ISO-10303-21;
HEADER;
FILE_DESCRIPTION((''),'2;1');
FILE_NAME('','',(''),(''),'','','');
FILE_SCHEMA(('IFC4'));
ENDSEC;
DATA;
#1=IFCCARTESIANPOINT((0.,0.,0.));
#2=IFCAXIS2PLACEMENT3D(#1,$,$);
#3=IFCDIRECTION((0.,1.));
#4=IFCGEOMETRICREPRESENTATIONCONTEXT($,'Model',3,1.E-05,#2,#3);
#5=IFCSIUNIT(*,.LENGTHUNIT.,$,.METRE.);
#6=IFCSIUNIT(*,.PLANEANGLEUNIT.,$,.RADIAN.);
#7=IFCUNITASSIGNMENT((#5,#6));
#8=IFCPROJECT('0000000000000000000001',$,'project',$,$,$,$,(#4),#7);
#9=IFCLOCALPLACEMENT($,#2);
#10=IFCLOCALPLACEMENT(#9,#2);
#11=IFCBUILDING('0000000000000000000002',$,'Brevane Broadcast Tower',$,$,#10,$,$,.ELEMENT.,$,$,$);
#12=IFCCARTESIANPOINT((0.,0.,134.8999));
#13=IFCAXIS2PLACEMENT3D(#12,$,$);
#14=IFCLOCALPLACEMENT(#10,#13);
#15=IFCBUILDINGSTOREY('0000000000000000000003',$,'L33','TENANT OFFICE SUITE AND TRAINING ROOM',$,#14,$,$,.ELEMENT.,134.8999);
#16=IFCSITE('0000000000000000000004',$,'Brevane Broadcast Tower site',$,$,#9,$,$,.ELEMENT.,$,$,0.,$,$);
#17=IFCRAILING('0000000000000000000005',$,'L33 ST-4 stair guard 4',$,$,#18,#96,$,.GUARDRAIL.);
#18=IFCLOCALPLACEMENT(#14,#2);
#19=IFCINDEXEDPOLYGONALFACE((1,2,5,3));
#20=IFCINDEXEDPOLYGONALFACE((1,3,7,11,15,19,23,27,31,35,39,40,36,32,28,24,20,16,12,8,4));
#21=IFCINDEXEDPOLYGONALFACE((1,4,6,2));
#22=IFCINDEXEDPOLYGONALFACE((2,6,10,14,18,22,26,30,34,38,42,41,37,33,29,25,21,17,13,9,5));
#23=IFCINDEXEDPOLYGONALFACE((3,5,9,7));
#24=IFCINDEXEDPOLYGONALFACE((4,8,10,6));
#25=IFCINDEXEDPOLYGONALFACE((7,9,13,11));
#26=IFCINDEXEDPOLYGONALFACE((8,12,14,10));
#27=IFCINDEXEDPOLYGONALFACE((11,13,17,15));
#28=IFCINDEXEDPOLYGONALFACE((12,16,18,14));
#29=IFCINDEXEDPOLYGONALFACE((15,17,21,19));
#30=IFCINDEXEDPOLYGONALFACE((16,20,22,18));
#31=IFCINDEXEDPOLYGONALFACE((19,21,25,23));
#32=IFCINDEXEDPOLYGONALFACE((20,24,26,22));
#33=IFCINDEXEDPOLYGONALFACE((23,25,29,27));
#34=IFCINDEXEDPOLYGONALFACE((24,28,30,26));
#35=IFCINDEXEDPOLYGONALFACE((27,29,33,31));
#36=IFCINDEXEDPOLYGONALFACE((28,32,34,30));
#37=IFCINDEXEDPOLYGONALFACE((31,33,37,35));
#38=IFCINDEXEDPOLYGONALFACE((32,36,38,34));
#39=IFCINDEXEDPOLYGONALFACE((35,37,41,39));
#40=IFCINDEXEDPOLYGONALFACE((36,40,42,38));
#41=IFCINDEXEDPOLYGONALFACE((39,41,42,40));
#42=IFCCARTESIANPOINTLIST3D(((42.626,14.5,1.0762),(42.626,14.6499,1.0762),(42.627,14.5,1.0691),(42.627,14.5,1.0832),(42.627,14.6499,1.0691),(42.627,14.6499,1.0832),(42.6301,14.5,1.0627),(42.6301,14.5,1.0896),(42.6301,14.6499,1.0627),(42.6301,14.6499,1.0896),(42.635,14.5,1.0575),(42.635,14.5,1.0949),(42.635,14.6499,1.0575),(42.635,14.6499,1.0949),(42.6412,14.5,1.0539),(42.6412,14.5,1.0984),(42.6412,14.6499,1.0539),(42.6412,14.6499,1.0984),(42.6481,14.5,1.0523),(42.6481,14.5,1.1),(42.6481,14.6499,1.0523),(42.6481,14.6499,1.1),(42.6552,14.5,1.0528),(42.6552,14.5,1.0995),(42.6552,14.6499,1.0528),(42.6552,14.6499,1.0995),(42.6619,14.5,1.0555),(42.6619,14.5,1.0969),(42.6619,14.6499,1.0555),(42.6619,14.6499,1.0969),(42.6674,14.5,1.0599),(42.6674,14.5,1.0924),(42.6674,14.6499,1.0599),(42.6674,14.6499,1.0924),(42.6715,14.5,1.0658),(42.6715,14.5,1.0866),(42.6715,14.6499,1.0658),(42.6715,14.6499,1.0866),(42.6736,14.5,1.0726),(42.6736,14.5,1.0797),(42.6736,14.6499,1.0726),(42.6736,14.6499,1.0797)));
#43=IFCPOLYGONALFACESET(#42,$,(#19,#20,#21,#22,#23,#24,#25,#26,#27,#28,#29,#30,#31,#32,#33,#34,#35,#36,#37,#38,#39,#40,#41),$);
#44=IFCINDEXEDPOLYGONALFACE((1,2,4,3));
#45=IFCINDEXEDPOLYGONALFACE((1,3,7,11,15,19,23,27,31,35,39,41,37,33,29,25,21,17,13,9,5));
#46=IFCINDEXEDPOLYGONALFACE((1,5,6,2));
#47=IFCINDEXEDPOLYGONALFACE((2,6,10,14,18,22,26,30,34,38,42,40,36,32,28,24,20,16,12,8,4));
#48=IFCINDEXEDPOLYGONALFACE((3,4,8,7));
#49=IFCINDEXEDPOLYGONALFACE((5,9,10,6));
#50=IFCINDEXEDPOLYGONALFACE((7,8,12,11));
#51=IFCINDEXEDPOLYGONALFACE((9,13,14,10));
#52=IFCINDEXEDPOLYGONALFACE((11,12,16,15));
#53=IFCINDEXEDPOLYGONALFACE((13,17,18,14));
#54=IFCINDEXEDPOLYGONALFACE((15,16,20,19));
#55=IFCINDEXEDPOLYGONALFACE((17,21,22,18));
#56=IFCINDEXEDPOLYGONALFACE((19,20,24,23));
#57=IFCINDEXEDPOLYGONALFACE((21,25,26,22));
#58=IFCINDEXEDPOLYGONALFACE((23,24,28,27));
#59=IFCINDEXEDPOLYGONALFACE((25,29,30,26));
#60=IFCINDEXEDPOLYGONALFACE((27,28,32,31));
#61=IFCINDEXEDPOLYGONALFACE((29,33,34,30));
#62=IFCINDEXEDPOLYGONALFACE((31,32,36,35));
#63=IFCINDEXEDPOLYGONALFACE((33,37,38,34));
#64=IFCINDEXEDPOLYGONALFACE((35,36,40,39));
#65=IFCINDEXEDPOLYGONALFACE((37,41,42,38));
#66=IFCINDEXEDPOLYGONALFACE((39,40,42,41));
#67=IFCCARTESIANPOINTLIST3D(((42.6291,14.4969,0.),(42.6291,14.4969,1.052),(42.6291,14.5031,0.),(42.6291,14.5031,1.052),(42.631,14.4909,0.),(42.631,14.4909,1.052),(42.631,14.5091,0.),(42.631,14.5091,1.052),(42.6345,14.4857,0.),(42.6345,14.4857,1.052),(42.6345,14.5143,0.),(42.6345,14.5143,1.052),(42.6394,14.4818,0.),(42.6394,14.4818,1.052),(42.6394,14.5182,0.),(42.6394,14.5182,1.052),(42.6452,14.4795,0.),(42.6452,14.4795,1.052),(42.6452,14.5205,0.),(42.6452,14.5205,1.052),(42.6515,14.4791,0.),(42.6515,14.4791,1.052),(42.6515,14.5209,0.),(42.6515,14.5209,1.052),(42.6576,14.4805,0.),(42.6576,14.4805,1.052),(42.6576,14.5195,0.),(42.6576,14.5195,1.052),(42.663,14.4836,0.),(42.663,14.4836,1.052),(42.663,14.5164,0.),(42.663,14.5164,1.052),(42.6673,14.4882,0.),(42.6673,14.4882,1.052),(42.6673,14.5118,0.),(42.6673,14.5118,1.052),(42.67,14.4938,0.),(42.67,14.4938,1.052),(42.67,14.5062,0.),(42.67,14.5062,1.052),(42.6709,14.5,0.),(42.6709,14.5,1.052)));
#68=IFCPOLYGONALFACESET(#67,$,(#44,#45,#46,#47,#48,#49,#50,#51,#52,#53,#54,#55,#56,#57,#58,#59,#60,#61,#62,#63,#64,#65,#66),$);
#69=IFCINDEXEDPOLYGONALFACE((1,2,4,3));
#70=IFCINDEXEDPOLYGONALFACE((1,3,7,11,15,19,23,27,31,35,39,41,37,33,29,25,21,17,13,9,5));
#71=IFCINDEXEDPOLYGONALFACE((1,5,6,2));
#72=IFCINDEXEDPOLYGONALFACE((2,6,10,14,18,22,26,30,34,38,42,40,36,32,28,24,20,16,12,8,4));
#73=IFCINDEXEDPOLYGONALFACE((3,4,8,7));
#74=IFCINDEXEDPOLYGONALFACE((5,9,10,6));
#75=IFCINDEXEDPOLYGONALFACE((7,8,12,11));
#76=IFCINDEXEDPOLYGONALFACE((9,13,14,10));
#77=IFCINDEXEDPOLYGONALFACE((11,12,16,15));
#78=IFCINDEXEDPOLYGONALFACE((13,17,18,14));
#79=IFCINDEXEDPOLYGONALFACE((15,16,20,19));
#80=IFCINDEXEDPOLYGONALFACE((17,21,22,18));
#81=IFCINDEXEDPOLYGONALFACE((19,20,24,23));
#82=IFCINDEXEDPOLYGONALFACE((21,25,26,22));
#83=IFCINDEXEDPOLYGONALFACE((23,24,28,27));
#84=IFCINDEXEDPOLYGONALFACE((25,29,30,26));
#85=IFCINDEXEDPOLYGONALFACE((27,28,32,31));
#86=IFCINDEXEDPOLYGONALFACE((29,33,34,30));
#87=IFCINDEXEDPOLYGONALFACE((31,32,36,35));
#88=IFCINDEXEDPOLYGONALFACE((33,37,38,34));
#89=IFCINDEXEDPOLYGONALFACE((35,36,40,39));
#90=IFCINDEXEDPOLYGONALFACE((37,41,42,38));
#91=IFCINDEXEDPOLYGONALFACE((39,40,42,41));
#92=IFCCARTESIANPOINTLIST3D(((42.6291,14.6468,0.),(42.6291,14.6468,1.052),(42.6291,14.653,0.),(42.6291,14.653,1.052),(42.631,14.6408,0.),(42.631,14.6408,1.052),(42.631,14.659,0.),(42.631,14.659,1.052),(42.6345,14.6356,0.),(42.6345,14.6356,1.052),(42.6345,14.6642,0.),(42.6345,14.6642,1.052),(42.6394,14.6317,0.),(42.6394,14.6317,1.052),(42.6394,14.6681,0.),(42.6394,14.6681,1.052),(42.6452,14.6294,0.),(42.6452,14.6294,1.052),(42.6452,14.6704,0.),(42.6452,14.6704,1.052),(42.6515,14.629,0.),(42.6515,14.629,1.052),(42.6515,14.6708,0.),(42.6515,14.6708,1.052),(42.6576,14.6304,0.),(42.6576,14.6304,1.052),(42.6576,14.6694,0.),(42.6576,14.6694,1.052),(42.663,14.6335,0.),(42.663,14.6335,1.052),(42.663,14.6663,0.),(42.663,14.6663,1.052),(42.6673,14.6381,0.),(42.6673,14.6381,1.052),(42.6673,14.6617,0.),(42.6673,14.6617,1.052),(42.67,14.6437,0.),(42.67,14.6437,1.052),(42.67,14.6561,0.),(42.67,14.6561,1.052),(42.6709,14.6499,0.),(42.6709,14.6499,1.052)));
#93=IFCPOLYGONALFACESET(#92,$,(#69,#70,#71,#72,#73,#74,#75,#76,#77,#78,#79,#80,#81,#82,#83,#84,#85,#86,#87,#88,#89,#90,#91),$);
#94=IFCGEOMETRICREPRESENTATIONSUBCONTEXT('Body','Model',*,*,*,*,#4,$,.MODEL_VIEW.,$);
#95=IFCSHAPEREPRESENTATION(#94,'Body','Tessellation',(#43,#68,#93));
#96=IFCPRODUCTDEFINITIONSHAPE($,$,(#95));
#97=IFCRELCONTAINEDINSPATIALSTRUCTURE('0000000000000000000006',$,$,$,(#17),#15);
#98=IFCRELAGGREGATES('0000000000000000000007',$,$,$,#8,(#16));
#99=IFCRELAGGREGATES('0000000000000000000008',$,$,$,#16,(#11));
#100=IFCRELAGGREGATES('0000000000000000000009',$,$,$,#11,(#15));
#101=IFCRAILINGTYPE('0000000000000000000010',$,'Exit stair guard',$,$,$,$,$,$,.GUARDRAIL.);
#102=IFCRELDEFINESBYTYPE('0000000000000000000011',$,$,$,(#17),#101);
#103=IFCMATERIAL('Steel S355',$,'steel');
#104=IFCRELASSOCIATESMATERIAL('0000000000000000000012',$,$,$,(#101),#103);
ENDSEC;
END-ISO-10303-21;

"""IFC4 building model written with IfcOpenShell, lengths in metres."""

from ifc_helpers import new_model, si_unit, direction, frame, origin, origin_2d, place, context, subcontext, project, spatial, circle, extrude, material, type_object, element, save


model = new_model("IFC4")

# Units and contexts
model_context = context("Model", 3, precision=1e-05, world=origin(), true_north=direction((0.0, 1.0)))
body_context = subcontext(model_context, "Body", "Model", "MODEL_VIEW")
ifc_project = project(units=[si_unit("LENGTHUNIT", "METRE"), si_unit("PLANEANGLEUNIT", "RADIAN")], contexts=[model_context])

# Site, building, storey
site_placement = place(None, origin())
site = spatial("IfcSite", under=ifc_project, at=site_placement, Name="Brevane Broadcast Tower site", CompositionType="ELEMENT", RefElevation=0.0)
building_placement = place(site_placement, origin())
building = spatial("IfcBuilding", under=site, at=building_placement, Name="Brevane Broadcast Tower", CompositionType="ELEMENT")
storey_placement = place(building_placement, frame((0.0, 0.0, 134.8999)))
storey = spatial("IfcBuildingStorey", under=building, at=storey_placement, Name="L33", Description="TENANT OFFICE SUITE AND TRAINING ROOM", CompositionType="ELEMENT", Elevation=134.8999)

# Railing
ifc_material_1 = material(Name="Steel S355", Category="steel")
railing_type_1 = type_object("IfcRailingType", Name="Exit stair guard", PredefinedType="GUARDRAIL", material=ifc_material_1)
railing_1_placement = place(storey_placement, frame((42.6499, 14.5, 0.0)))
element("IfcRailing", 1, at=railing_1_placement, inside=storey, type_object=railing_type_1, Name="L33 ST-4 stair guard 4", PredefinedType="GUARDRAIL", context=body_context, shape_type="SweptSolid", body=[
    extrude(circle(Radius=0.0239, at=origin_2d()), frame((0.0, 0.0, 1.0762), z_axis=(0.0, 1.0, 0.0), x_axis=(-1.0, 0.0, 0.0)), (0.0, 0.0, 1.0), 0.1499),
    extrude(circle(Radius=0.021, at=origin_2d()), origin(), (0.0, 0.0, 1.0), 1.052),
    extrude(circle(Radius=0.021, at=origin_2d()), frame((0.0, 0.1499, 0.0)), (0.0, 0.0, 1.0), 1.052),
])

save(model, "model.ifc")
